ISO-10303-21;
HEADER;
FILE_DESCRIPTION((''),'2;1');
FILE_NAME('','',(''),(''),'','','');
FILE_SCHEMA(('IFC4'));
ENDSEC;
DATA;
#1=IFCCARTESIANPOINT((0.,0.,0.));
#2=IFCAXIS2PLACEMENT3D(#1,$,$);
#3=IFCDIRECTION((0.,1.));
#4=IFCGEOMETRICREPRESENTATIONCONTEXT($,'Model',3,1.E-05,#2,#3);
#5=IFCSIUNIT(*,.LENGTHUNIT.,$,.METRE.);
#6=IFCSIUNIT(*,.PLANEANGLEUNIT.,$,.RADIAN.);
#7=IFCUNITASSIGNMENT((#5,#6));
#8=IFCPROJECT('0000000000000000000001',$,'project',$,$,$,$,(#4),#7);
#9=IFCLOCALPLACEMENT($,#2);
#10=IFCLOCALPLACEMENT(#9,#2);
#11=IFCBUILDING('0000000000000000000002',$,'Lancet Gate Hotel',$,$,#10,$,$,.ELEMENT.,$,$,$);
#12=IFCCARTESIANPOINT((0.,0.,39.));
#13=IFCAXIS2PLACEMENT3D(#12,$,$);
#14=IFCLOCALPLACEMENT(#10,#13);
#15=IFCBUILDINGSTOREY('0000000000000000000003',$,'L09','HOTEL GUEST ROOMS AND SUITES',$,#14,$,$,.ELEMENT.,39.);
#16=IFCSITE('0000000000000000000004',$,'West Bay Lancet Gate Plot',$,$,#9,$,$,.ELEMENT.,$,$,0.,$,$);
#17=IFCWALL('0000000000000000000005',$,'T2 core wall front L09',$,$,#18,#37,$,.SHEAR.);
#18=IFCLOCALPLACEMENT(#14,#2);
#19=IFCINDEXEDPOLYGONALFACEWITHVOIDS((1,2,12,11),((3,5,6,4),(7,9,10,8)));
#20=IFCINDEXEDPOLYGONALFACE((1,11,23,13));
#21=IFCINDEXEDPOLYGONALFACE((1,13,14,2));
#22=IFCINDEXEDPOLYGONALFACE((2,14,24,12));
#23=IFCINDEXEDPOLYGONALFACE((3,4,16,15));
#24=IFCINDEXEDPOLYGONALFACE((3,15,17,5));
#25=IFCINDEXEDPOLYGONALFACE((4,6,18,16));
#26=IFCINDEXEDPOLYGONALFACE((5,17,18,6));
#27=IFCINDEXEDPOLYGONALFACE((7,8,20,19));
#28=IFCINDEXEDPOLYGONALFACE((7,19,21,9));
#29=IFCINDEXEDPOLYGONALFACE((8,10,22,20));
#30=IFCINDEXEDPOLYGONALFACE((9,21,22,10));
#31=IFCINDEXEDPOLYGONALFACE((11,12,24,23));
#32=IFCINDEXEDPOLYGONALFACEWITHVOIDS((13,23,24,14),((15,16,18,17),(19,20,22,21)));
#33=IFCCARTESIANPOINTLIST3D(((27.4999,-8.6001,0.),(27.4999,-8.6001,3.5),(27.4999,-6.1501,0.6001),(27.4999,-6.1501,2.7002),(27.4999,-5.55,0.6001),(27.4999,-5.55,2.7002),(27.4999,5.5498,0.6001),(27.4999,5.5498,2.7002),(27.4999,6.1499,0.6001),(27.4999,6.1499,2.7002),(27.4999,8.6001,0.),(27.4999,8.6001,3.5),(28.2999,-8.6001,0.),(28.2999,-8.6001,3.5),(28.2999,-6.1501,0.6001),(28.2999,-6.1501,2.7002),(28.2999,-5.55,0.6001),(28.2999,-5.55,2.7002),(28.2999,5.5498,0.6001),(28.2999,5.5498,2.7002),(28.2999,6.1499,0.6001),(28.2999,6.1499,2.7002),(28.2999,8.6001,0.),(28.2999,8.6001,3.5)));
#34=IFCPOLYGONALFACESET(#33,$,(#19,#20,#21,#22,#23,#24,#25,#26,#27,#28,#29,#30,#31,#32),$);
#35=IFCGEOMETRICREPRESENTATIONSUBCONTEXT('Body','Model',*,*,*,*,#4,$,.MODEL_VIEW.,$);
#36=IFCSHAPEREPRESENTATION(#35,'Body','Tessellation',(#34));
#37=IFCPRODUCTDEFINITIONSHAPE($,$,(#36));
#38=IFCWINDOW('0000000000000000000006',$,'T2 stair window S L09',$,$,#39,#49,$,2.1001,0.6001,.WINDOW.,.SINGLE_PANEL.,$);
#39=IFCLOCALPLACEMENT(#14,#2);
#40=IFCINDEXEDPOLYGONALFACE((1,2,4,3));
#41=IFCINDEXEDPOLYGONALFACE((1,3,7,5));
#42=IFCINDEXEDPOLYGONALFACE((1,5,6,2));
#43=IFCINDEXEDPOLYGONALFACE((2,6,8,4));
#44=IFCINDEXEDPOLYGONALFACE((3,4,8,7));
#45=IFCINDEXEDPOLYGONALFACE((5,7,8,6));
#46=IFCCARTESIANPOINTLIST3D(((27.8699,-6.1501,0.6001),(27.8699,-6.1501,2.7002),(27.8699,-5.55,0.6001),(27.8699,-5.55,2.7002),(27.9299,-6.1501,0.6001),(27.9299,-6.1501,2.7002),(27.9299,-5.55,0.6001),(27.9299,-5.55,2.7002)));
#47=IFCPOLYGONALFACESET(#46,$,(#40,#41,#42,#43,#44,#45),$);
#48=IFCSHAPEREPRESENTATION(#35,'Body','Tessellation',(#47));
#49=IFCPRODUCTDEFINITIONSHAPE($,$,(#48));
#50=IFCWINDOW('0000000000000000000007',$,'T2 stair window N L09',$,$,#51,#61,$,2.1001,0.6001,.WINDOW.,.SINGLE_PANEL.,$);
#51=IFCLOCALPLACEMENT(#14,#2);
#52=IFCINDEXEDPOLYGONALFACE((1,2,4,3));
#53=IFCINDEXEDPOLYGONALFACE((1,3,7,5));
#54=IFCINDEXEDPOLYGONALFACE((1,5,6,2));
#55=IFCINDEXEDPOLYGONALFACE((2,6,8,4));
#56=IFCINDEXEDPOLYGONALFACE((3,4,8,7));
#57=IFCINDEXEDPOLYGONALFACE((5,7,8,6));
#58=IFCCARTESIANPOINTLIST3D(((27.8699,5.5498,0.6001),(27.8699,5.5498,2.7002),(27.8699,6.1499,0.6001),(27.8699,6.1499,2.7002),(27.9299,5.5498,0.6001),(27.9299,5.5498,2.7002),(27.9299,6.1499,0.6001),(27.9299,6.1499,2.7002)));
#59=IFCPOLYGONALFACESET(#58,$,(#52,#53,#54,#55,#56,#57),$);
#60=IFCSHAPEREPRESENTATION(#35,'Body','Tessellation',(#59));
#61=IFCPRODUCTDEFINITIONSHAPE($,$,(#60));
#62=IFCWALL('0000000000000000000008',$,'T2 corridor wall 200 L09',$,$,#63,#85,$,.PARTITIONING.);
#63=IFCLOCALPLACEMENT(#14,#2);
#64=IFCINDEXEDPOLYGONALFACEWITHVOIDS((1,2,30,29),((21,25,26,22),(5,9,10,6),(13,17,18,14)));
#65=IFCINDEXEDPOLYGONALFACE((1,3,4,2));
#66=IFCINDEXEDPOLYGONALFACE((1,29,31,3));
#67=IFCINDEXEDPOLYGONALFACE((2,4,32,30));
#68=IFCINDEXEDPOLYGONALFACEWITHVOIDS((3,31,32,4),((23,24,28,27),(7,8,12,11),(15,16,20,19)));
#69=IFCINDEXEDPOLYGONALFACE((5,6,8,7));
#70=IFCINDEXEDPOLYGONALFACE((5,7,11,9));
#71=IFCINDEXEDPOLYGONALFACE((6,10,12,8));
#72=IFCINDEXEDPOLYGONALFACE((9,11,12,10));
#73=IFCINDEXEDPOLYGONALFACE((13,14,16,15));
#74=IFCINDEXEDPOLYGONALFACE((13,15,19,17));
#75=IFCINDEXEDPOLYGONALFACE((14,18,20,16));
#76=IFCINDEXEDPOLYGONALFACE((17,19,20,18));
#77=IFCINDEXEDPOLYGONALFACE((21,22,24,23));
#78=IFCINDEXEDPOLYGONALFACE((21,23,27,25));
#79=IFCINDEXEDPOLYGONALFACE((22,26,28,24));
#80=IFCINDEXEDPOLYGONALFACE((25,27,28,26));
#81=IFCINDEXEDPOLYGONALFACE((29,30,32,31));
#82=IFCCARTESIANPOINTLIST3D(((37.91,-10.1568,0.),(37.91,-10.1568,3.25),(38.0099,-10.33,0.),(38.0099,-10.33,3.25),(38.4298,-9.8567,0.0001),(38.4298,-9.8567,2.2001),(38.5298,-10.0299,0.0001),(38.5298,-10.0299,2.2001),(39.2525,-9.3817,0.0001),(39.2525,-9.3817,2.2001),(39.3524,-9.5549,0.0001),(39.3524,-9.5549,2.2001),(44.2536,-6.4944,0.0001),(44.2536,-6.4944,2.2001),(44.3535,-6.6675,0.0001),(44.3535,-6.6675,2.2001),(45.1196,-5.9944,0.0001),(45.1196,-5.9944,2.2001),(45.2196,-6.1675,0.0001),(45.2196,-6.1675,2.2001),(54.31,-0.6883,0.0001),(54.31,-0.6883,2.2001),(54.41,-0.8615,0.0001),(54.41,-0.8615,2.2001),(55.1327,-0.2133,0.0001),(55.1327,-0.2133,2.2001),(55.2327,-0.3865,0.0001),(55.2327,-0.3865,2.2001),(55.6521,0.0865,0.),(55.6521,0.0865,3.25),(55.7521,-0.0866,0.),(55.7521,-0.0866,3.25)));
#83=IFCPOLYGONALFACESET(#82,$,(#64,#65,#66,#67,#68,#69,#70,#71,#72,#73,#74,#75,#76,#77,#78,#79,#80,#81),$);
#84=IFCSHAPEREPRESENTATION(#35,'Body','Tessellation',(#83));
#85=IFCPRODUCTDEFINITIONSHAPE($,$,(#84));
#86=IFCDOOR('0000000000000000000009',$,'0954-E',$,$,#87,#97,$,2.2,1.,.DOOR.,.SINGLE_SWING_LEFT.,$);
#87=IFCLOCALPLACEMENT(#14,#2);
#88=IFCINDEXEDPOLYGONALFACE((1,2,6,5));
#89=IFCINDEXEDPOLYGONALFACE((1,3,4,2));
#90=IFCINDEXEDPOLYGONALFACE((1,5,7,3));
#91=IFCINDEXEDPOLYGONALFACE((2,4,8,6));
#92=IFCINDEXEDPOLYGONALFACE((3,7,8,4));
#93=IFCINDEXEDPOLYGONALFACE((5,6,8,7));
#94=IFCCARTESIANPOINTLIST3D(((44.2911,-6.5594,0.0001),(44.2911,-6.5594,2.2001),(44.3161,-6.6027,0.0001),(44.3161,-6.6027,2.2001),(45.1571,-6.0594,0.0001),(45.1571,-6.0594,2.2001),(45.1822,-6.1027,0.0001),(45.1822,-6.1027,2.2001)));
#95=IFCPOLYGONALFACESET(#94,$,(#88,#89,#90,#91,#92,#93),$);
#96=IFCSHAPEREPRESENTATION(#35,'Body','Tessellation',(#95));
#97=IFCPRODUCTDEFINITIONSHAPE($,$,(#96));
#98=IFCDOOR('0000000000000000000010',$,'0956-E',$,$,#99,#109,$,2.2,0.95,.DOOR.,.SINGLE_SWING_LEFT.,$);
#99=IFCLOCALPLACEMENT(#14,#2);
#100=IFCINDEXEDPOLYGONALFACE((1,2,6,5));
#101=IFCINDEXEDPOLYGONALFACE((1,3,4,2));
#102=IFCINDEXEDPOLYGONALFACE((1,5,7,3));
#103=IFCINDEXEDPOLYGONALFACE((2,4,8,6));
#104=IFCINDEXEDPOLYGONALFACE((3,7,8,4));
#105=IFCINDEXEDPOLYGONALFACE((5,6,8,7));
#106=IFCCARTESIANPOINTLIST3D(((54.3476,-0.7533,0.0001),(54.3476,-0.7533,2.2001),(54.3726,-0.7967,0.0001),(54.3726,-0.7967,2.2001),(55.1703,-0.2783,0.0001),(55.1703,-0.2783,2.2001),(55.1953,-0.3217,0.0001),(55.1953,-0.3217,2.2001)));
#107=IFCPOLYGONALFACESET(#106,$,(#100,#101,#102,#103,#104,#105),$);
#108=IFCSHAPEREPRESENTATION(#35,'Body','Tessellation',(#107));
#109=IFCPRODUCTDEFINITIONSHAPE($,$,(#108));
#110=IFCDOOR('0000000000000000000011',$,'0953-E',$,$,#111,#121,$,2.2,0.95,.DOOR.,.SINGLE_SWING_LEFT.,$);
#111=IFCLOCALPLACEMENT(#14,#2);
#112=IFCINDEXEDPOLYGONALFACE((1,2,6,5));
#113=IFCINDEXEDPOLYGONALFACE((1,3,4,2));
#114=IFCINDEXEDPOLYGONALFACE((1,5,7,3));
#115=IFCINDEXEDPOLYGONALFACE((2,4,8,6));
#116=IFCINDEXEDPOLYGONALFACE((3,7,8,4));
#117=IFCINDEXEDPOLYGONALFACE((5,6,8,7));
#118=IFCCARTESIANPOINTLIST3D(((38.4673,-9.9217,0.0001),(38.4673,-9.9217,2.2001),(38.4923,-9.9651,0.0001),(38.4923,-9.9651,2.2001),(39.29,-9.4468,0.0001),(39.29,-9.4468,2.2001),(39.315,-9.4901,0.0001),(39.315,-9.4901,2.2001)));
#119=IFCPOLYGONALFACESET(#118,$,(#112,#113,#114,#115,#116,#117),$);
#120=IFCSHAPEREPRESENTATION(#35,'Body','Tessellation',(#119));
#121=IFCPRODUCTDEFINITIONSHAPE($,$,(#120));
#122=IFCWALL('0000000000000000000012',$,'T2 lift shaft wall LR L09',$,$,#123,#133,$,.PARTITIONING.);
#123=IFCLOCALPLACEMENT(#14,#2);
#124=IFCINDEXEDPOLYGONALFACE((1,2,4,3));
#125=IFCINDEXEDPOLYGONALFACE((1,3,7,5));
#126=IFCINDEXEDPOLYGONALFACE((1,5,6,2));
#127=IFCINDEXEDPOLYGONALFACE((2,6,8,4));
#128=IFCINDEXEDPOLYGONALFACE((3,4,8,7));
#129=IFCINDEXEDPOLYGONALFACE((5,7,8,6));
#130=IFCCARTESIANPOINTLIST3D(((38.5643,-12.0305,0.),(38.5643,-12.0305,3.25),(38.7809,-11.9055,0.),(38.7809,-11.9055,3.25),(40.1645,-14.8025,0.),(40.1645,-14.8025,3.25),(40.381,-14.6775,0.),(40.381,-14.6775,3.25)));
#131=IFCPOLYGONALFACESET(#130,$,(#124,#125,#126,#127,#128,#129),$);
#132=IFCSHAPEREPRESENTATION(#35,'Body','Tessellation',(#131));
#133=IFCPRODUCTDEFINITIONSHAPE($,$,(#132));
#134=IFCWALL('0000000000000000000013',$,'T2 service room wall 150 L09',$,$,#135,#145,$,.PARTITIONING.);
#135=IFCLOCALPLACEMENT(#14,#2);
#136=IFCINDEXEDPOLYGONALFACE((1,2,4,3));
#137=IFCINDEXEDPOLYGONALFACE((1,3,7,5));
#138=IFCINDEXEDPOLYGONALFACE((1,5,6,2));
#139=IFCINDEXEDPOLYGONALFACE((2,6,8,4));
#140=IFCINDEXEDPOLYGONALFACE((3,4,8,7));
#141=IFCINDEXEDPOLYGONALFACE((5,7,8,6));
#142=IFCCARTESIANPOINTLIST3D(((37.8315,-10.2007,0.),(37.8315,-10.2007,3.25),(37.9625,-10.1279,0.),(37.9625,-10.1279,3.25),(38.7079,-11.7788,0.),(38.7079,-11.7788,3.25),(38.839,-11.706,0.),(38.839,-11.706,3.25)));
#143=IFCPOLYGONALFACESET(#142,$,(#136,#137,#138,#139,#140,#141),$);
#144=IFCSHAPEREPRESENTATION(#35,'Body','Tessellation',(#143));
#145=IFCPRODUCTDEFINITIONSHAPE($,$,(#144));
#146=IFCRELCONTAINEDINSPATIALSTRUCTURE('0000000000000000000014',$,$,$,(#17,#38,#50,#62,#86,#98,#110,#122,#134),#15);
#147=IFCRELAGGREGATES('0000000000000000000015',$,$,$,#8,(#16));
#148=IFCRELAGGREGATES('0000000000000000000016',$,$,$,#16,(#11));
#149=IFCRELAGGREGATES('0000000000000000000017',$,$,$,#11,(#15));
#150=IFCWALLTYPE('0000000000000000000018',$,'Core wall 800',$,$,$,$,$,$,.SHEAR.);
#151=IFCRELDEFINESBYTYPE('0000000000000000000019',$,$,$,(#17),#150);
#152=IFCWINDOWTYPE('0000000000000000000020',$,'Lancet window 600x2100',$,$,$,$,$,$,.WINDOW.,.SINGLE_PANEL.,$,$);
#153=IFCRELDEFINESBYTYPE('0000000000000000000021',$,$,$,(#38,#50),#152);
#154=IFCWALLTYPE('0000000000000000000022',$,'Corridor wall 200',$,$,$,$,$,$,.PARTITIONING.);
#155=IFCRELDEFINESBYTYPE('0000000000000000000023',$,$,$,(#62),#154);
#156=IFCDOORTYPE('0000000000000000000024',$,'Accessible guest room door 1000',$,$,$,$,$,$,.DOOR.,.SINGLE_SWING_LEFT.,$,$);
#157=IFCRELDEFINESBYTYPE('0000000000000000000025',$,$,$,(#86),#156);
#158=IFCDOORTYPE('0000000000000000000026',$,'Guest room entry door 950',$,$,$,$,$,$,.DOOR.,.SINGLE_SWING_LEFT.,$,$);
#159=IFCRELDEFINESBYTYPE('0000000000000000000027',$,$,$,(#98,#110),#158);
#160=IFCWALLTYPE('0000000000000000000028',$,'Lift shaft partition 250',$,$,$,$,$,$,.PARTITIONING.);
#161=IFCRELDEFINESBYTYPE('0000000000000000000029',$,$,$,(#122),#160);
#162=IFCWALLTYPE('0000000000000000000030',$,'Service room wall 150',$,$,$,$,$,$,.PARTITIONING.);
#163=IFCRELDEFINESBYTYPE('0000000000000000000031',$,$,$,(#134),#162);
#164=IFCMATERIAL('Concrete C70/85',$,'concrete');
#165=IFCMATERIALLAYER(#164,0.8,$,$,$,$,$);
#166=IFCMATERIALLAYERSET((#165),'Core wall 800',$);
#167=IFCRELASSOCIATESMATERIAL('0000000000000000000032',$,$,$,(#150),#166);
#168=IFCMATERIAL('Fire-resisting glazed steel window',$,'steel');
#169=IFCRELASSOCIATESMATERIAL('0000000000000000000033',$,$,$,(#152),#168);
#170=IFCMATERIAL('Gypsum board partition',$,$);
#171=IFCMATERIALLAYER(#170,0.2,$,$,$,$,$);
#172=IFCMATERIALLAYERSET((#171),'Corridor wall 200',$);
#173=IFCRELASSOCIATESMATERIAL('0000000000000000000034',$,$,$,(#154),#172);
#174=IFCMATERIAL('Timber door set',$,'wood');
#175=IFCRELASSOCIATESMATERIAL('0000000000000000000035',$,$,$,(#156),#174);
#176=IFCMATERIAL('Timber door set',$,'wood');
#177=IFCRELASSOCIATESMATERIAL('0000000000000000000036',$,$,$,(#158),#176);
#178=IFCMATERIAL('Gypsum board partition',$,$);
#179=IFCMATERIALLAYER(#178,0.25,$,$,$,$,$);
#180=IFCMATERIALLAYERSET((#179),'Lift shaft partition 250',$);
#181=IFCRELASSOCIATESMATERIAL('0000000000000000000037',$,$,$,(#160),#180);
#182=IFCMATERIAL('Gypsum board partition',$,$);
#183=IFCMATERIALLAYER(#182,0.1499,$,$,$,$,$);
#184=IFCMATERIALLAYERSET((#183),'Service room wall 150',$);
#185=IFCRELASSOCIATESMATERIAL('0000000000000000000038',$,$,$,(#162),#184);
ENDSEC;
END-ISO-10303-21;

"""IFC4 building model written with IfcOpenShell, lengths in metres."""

from ifc_helpers import new_model, si_unit, direction, frame, frame_2d, origin, place, context, subcontext, project, spatial, rectangle, extrude, material, layer, layer_set, type_object, element, fill, save


model = new_model("IFC4")

# Units and contexts
model_context = context("Model", 3, precision=1e-05, world=origin(), true_north=direction((0.0, 1.0)))
body_context = subcontext(model_context, "Body", "Model", "MODEL_VIEW")
ifc_project = project(units=[si_unit("LENGTHUNIT", "METRE"), si_unit("PLANEANGLEUNIT", "RADIAN")], contexts=[model_context])

# Site, building, storey
site_placement = place(None, origin())
site = spatial("IfcSite", under=ifc_project, at=site_placement, Name="West Bay Lancet Gate Plot", CompositionType="ELEMENT", RefElevation=0.0)
building_placement = place(site_placement, origin())
building = spatial("IfcBuilding", under=site, at=building_placement, Name="Lancet Gate Hotel", CompositionType="ELEMENT")
storey_placement = place(building_placement, frame((0.0, 0.0, 39.0)))
storey = spatial("IfcBuildingStorey", under=building, at=storey_placement, Name="L09", Description="HOTEL GUEST ROOMS AND SUITES", CompositionType="ELEMENT", Elevation=39.0)

# Wall, openings, windows
ifc_material_1 = material(Name="Concrete C70/85", Category="concrete")
ifc_layer_1 = layer(ifc_material_1, 0.8)
ifc_layer_set_1 = layer_set([ifc_layer_1], Name="Core wall 800")
wall_type_1 = type_object("IfcWallType", Name="Core wall 800", PredefinedType="SHEAR", material=ifc_layer_set_1)
wall_1_placement = place(storey_placement, frame((27.8999, -8.6001, 0.0), z_axis=(0.0, 0.0, 1.0), x_axis=(0.0, 1.0, 0.0)))
wall_1 = element("IfcWall", 1, at=wall_1_placement, inside=storey, type_object=wall_type_1, Name="T2 core wall front L09", PredefinedType="SHEAR", context=body_context, shape_type="SweptSolid", body=[
    extrude(rectangle(XDim=17.2002, YDim=0.8, at=frame_2d((8.6001, 0.0))), origin(), (0.0, 0.0, 1.0), 3.5),
])
opening_1_placement = place(wall_1_placement, frame((2.45, 0.0, 0.6001)))
opening_1 = element("IfcOpeningElement", 2, at=opening_1_placement, cuts=wall_1, PredefinedType="OPENING", context=body_context, shape_type="SweptSolid", body=[
    extrude(rectangle(XDim=0.6001, YDim=2.1001, at=frame_2d((0.3, 1.05))), frame((0.0, 0.4099, 0.0), z_axis=(0.0, -1.0, 0.0), x_axis=(1.0, 0.0, 0.0)), (0.0, 0.0, 1.0), 0.8201),
])
opening_2_placement = place(wall_1_placement, frame((14.1499, 0.0, 0.6001)))
opening_2 = element("IfcOpeningElement", 3, at=opening_2_placement, cuts=wall_1, PredefinedType="OPENING", context=body_context, shape_type="SweptSolid", body=[
    extrude(rectangle(XDim=0.6001, YDim=2.1001, at=frame_2d((0.3, 1.05))), frame((0.0, 0.4099, 0.0), z_axis=(0.0, -1.0, 0.0), x_axis=(1.0, 0.0, 0.0)), (0.0, 0.0, 1.0), 0.8201),
])
ifc_material_2 = material(Name="Fire-resisting glazed steel window", Category="steel")
window_type = type_object("IfcWindowType", Name="Lancet window 600x2100", PartitioningType="SINGLE_PANEL", PredefinedType="WINDOW", material=ifc_material_2)
window_1_placement = place(opening_1_placement, origin())
window_1 = element("IfcWindow", 4, at=window_1_placement, inside=storey, type_object=window_type, Name="T2 stair window S L09", OverallHeight=2.1001, OverallWidth=0.6001, PartitioningType="SINGLE_PANEL", PredefinedType="WINDOW", context=body_context, shape_type="SweptSolid", body=[
    extrude(rectangle(XDim=0.6001, YDim=2.1001, at=frame_2d((0.3, 1.05))), frame((0.0, 0.03, 0.0), z_axis=(0.0, -1.0, 0.0), x_axis=(1.0, 0.0, 0.0)), (0.0, 0.0, 1.0), 0.0601),
])
fill(opening_1, window_1)
window_2_placement = place(opening_2_placement, origin())
window_2 = element("IfcWindow", 5, at=window_2_placement, inside=storey, type_object=window_type, Name="T2 stair window N L09", OverallHeight=2.1001, OverallWidth=0.6001, PartitioningType="SINGLE_PANEL", PredefinedType="WINDOW", context=body_context, shape_type="SweptSolid", body=[
    extrude(rectangle(XDim=0.6001, YDim=2.1001, at=frame_2d((0.3, 1.05))), frame((0.0, 0.03, 0.0), z_axis=(0.0, -1.0, 0.0), x_axis=(1.0, 0.0, 0.0)), (0.0, 0.0, 1.0), 0.0601),
])
fill(opening_2, window_2)

# Wall, openings, doors
ifc_material_3 = material(Name="Gypsum board partition")
ifc_layer_2 = layer(ifc_material_3, 0.2)
ifc_layer_set_2 = layer_set([ifc_layer_2], Name="Corridor wall 200")
wall_type_2 = type_object("IfcWallType", Name="Corridor wall 200", PredefinedType="PARTITIONING", material=ifc_layer_set_2)
wall_2_placement = place(storey_placement, frame((37.96, -10.2434, 0.0), z_axis=(0.0, 0.0, 1.0), x_axis=(0.866026, 0.499998, 0.0)))
wall_2 = element("IfcWall", 6, at=wall_2_placement, inside=storey, type_object=wall_type_2, Name="T2 corridor wall 200 L09", PredefinedType="PARTITIONING", context=body_context, shape_type="SweptSolid", body=[
    extrude(rectangle(XDim=20.4868, YDim=0.2, at=frame_2d((10.2434, 0.0))), origin(), (0.0, 0.0, 1.0), 3.25),
])
opening_3_placement = place(wall_2_placement, frame((7.325, 0.0, 0.0)))
opening_3 = element("IfcOpeningElement", 7, at=opening_3_placement, cuts=wall_2, PredefinedType="OPENING", context=body_context, shape_type="SweptSolid", body=[
    extrude(rectangle(XDim=1.0, YDim=2.2, at=frame_2d((0.5, 1.1001))), frame((0.0, 0.1099, 0.0), z_axis=(0.0, -1.0, 0.0), x_axis=(1.0, 0.0, 0.0)), (0.0, 0.0, 1.0), 0.22),
])
opening_4_placement = place(wall_2_placement, frame((18.937, 0.0, 0.0)))
opening_4 = element("IfcOpeningElement", 8, at=opening_4_placement, cuts=wall_2, PredefinedType="OPENING", context=body_context, shape_type="SweptSolid", body=[
    extrude(rectangle(XDim=0.95, YDim=2.2, at=frame_2d((0.4751, 1.1001))), frame((0.0, 0.1099, 0.0), z_axis=(0.0, -1.0, 0.0), x_axis=(1.0, 0.0, 0.0)), (0.0, 0.0, 1.0), 0.22),
])
opening_5_placement = place(wall_2_placement, frame((0.6001, 0.0, 0.0)))
opening_5 = element("IfcOpeningElement", 9, at=opening_5_placement, cuts=wall_2, PredefinedType="OPENING", context=body_context, shape_type="SweptSolid", body=[
    extrude(rectangle(XDim=0.95, YDim=2.2, at=frame_2d((0.4751, 1.1001))), frame((0.0, 0.1099, 0.0), z_axis=(0.0, -1.0, 0.0), x_axis=(1.0, 0.0, 0.0)), (0.0, 0.0, 1.0), 0.22),
])
ifc_material_4 = material(Name="Timber door set", Category="wood")
door_type_1 = type_object("IfcDoorType", Name="Accessible guest room door 1000", OperationType="SINGLE_SWING_LEFT", PredefinedType="DOOR", material=ifc_material_4)
door_1_placement = place(opening_3_placement, origin())
door_1 = element("IfcDoor", 10, at=door_1_placement, inside=storey, type_object=door_type_1, Name="0954-E", OperationType="SINGLE_SWING_LEFT", OverallHeight=2.2, OverallWidth=1.0, PredefinedType="DOOR", context=body_context, shape_type="SweptSolid", body=[
    extrude(rectangle(XDim=1.0, YDim=2.2, at=frame_2d((0.5, 1.1001))), frame((0.0, 0.0249, 0.0), z_axis=(0.0, -1.0, 0.0), x_axis=(1.0, 0.0, 0.0)), (0.0, 0.0, 1.0), 0.05),
])
fill(opening_3, door_1)
ifc_material_5 = material(Name="Timber door set", Category="wood")
door_type_2 = type_object("IfcDoorType", Name="Guest room entry door 950", OperationType="SINGLE_SWING_LEFT", PredefinedType="DOOR", material=ifc_material_5)
door_2_placement = place(opening_4_placement, origin())
door_2 = element("IfcDoor", 11, at=door_2_placement, inside=storey, type_object=door_type_2, Name="0956-E", OperationType="SINGLE_SWING_LEFT", OverallHeight=2.2, OverallWidth=0.95, PredefinedType="DOOR", context=body_context, shape_type="SweptSolid", body=[
    extrude(rectangle(XDim=0.95, YDim=2.2, at=frame_2d((0.4751, 1.1001))), frame((0.0, 0.0249, 0.0), z_axis=(0.0, -1.0, 0.0), x_axis=(1.0, 0.0, 0.0)), (0.0, 0.0, 1.0), 0.05),
])
fill(opening_4, door_2)
door_3_placement = place(opening_5_placement, origin())
door_3 = element("IfcDoor", 12, at=door_3_placement, inside=storey, type_object=door_type_2, Name="0953-E", OperationType="SINGLE_SWING_LEFT", OverallHeight=2.2, OverallWidth=0.95, PredefinedType="DOOR", context=body_context, shape_type="SweptSolid", body=[
    extrude(rectangle(XDim=0.95, YDim=2.2, at=frame_2d((0.4751, 1.1001))), frame((0.0, 0.0249, 0.0), z_axis=(0.0, -1.0, 0.0), x_axis=(1.0, 0.0, 0.0)), (0.0, 0.0, 1.0), 0.05),
])
fill(opening_5, door_3)

# Walls
ifc_material_6 = material(Name="Gypsum board partition")
ifc_layer_3 = layer(ifc_material_6, 0.25)
ifc_layer_set_3 = layer_set([ifc_layer_3], Name="Lift shaft partition 250")
wall_type_3 = type_object("IfcWallType", Name="Lift shaft partition 250", PredefinedType="PARTITIONING", material=ifc_layer_set_3)
wall_3_placement = place(storey_placement, frame((38.6726, -11.968, 0.0), z_axis=(0.0, 0.0, 1.0), x_axis=(0.499929, -0.866066, 0.0)))
element("IfcWall", 13, at=wall_3_placement, inside=storey, type_object=wall_type_3, Name="T2 lift shaft wall LR L09", PredefinedType="PARTITIONING", context=body_context, shape_type="SweptSolid", body=[
    extrude(rectangle(XDim=3.2007, YDim=0.25, at=frame_2d((1.6003, 0.0))), origin(), (0.0, 0.0, 1.0), 3.25),
])
ifc_material_7 = material(Name="Gypsum board partition")
ifc_layer_4 = layer(ifc_material_7, 0.1499)
ifc_layer_set_4 = layer_set([ifc_layer_4], Name="Service room wall 150")
wall_type_4 = type_object("IfcWallType", Name="Service room wall 150", PredefinedType="PARTITIONING", material=ifc_layer_set_4)
wall_4_placement = place(storey_placement, frame((38.7734, -11.7424, 0.0), z_axis=(0.0, 0.0, 1.0), x_axis=(-0.485528, 0.874221, 0.0)))
element("IfcWall", 14, at=wall_4_placement, inside=storey, type_object=wall_type_4, Name="T2 service room wall 150 L09", PredefinedType="PARTITIONING", context=body_context, shape_type="SweptSolid", body=[
    extrude(rectangle(XDim=1.8052, YDim=0.1499, at=frame_2d((0.9026, 0.0))), origin(), (0.0, 0.0, 1.0), 3.25),
])

save(model, "model.ifc")
